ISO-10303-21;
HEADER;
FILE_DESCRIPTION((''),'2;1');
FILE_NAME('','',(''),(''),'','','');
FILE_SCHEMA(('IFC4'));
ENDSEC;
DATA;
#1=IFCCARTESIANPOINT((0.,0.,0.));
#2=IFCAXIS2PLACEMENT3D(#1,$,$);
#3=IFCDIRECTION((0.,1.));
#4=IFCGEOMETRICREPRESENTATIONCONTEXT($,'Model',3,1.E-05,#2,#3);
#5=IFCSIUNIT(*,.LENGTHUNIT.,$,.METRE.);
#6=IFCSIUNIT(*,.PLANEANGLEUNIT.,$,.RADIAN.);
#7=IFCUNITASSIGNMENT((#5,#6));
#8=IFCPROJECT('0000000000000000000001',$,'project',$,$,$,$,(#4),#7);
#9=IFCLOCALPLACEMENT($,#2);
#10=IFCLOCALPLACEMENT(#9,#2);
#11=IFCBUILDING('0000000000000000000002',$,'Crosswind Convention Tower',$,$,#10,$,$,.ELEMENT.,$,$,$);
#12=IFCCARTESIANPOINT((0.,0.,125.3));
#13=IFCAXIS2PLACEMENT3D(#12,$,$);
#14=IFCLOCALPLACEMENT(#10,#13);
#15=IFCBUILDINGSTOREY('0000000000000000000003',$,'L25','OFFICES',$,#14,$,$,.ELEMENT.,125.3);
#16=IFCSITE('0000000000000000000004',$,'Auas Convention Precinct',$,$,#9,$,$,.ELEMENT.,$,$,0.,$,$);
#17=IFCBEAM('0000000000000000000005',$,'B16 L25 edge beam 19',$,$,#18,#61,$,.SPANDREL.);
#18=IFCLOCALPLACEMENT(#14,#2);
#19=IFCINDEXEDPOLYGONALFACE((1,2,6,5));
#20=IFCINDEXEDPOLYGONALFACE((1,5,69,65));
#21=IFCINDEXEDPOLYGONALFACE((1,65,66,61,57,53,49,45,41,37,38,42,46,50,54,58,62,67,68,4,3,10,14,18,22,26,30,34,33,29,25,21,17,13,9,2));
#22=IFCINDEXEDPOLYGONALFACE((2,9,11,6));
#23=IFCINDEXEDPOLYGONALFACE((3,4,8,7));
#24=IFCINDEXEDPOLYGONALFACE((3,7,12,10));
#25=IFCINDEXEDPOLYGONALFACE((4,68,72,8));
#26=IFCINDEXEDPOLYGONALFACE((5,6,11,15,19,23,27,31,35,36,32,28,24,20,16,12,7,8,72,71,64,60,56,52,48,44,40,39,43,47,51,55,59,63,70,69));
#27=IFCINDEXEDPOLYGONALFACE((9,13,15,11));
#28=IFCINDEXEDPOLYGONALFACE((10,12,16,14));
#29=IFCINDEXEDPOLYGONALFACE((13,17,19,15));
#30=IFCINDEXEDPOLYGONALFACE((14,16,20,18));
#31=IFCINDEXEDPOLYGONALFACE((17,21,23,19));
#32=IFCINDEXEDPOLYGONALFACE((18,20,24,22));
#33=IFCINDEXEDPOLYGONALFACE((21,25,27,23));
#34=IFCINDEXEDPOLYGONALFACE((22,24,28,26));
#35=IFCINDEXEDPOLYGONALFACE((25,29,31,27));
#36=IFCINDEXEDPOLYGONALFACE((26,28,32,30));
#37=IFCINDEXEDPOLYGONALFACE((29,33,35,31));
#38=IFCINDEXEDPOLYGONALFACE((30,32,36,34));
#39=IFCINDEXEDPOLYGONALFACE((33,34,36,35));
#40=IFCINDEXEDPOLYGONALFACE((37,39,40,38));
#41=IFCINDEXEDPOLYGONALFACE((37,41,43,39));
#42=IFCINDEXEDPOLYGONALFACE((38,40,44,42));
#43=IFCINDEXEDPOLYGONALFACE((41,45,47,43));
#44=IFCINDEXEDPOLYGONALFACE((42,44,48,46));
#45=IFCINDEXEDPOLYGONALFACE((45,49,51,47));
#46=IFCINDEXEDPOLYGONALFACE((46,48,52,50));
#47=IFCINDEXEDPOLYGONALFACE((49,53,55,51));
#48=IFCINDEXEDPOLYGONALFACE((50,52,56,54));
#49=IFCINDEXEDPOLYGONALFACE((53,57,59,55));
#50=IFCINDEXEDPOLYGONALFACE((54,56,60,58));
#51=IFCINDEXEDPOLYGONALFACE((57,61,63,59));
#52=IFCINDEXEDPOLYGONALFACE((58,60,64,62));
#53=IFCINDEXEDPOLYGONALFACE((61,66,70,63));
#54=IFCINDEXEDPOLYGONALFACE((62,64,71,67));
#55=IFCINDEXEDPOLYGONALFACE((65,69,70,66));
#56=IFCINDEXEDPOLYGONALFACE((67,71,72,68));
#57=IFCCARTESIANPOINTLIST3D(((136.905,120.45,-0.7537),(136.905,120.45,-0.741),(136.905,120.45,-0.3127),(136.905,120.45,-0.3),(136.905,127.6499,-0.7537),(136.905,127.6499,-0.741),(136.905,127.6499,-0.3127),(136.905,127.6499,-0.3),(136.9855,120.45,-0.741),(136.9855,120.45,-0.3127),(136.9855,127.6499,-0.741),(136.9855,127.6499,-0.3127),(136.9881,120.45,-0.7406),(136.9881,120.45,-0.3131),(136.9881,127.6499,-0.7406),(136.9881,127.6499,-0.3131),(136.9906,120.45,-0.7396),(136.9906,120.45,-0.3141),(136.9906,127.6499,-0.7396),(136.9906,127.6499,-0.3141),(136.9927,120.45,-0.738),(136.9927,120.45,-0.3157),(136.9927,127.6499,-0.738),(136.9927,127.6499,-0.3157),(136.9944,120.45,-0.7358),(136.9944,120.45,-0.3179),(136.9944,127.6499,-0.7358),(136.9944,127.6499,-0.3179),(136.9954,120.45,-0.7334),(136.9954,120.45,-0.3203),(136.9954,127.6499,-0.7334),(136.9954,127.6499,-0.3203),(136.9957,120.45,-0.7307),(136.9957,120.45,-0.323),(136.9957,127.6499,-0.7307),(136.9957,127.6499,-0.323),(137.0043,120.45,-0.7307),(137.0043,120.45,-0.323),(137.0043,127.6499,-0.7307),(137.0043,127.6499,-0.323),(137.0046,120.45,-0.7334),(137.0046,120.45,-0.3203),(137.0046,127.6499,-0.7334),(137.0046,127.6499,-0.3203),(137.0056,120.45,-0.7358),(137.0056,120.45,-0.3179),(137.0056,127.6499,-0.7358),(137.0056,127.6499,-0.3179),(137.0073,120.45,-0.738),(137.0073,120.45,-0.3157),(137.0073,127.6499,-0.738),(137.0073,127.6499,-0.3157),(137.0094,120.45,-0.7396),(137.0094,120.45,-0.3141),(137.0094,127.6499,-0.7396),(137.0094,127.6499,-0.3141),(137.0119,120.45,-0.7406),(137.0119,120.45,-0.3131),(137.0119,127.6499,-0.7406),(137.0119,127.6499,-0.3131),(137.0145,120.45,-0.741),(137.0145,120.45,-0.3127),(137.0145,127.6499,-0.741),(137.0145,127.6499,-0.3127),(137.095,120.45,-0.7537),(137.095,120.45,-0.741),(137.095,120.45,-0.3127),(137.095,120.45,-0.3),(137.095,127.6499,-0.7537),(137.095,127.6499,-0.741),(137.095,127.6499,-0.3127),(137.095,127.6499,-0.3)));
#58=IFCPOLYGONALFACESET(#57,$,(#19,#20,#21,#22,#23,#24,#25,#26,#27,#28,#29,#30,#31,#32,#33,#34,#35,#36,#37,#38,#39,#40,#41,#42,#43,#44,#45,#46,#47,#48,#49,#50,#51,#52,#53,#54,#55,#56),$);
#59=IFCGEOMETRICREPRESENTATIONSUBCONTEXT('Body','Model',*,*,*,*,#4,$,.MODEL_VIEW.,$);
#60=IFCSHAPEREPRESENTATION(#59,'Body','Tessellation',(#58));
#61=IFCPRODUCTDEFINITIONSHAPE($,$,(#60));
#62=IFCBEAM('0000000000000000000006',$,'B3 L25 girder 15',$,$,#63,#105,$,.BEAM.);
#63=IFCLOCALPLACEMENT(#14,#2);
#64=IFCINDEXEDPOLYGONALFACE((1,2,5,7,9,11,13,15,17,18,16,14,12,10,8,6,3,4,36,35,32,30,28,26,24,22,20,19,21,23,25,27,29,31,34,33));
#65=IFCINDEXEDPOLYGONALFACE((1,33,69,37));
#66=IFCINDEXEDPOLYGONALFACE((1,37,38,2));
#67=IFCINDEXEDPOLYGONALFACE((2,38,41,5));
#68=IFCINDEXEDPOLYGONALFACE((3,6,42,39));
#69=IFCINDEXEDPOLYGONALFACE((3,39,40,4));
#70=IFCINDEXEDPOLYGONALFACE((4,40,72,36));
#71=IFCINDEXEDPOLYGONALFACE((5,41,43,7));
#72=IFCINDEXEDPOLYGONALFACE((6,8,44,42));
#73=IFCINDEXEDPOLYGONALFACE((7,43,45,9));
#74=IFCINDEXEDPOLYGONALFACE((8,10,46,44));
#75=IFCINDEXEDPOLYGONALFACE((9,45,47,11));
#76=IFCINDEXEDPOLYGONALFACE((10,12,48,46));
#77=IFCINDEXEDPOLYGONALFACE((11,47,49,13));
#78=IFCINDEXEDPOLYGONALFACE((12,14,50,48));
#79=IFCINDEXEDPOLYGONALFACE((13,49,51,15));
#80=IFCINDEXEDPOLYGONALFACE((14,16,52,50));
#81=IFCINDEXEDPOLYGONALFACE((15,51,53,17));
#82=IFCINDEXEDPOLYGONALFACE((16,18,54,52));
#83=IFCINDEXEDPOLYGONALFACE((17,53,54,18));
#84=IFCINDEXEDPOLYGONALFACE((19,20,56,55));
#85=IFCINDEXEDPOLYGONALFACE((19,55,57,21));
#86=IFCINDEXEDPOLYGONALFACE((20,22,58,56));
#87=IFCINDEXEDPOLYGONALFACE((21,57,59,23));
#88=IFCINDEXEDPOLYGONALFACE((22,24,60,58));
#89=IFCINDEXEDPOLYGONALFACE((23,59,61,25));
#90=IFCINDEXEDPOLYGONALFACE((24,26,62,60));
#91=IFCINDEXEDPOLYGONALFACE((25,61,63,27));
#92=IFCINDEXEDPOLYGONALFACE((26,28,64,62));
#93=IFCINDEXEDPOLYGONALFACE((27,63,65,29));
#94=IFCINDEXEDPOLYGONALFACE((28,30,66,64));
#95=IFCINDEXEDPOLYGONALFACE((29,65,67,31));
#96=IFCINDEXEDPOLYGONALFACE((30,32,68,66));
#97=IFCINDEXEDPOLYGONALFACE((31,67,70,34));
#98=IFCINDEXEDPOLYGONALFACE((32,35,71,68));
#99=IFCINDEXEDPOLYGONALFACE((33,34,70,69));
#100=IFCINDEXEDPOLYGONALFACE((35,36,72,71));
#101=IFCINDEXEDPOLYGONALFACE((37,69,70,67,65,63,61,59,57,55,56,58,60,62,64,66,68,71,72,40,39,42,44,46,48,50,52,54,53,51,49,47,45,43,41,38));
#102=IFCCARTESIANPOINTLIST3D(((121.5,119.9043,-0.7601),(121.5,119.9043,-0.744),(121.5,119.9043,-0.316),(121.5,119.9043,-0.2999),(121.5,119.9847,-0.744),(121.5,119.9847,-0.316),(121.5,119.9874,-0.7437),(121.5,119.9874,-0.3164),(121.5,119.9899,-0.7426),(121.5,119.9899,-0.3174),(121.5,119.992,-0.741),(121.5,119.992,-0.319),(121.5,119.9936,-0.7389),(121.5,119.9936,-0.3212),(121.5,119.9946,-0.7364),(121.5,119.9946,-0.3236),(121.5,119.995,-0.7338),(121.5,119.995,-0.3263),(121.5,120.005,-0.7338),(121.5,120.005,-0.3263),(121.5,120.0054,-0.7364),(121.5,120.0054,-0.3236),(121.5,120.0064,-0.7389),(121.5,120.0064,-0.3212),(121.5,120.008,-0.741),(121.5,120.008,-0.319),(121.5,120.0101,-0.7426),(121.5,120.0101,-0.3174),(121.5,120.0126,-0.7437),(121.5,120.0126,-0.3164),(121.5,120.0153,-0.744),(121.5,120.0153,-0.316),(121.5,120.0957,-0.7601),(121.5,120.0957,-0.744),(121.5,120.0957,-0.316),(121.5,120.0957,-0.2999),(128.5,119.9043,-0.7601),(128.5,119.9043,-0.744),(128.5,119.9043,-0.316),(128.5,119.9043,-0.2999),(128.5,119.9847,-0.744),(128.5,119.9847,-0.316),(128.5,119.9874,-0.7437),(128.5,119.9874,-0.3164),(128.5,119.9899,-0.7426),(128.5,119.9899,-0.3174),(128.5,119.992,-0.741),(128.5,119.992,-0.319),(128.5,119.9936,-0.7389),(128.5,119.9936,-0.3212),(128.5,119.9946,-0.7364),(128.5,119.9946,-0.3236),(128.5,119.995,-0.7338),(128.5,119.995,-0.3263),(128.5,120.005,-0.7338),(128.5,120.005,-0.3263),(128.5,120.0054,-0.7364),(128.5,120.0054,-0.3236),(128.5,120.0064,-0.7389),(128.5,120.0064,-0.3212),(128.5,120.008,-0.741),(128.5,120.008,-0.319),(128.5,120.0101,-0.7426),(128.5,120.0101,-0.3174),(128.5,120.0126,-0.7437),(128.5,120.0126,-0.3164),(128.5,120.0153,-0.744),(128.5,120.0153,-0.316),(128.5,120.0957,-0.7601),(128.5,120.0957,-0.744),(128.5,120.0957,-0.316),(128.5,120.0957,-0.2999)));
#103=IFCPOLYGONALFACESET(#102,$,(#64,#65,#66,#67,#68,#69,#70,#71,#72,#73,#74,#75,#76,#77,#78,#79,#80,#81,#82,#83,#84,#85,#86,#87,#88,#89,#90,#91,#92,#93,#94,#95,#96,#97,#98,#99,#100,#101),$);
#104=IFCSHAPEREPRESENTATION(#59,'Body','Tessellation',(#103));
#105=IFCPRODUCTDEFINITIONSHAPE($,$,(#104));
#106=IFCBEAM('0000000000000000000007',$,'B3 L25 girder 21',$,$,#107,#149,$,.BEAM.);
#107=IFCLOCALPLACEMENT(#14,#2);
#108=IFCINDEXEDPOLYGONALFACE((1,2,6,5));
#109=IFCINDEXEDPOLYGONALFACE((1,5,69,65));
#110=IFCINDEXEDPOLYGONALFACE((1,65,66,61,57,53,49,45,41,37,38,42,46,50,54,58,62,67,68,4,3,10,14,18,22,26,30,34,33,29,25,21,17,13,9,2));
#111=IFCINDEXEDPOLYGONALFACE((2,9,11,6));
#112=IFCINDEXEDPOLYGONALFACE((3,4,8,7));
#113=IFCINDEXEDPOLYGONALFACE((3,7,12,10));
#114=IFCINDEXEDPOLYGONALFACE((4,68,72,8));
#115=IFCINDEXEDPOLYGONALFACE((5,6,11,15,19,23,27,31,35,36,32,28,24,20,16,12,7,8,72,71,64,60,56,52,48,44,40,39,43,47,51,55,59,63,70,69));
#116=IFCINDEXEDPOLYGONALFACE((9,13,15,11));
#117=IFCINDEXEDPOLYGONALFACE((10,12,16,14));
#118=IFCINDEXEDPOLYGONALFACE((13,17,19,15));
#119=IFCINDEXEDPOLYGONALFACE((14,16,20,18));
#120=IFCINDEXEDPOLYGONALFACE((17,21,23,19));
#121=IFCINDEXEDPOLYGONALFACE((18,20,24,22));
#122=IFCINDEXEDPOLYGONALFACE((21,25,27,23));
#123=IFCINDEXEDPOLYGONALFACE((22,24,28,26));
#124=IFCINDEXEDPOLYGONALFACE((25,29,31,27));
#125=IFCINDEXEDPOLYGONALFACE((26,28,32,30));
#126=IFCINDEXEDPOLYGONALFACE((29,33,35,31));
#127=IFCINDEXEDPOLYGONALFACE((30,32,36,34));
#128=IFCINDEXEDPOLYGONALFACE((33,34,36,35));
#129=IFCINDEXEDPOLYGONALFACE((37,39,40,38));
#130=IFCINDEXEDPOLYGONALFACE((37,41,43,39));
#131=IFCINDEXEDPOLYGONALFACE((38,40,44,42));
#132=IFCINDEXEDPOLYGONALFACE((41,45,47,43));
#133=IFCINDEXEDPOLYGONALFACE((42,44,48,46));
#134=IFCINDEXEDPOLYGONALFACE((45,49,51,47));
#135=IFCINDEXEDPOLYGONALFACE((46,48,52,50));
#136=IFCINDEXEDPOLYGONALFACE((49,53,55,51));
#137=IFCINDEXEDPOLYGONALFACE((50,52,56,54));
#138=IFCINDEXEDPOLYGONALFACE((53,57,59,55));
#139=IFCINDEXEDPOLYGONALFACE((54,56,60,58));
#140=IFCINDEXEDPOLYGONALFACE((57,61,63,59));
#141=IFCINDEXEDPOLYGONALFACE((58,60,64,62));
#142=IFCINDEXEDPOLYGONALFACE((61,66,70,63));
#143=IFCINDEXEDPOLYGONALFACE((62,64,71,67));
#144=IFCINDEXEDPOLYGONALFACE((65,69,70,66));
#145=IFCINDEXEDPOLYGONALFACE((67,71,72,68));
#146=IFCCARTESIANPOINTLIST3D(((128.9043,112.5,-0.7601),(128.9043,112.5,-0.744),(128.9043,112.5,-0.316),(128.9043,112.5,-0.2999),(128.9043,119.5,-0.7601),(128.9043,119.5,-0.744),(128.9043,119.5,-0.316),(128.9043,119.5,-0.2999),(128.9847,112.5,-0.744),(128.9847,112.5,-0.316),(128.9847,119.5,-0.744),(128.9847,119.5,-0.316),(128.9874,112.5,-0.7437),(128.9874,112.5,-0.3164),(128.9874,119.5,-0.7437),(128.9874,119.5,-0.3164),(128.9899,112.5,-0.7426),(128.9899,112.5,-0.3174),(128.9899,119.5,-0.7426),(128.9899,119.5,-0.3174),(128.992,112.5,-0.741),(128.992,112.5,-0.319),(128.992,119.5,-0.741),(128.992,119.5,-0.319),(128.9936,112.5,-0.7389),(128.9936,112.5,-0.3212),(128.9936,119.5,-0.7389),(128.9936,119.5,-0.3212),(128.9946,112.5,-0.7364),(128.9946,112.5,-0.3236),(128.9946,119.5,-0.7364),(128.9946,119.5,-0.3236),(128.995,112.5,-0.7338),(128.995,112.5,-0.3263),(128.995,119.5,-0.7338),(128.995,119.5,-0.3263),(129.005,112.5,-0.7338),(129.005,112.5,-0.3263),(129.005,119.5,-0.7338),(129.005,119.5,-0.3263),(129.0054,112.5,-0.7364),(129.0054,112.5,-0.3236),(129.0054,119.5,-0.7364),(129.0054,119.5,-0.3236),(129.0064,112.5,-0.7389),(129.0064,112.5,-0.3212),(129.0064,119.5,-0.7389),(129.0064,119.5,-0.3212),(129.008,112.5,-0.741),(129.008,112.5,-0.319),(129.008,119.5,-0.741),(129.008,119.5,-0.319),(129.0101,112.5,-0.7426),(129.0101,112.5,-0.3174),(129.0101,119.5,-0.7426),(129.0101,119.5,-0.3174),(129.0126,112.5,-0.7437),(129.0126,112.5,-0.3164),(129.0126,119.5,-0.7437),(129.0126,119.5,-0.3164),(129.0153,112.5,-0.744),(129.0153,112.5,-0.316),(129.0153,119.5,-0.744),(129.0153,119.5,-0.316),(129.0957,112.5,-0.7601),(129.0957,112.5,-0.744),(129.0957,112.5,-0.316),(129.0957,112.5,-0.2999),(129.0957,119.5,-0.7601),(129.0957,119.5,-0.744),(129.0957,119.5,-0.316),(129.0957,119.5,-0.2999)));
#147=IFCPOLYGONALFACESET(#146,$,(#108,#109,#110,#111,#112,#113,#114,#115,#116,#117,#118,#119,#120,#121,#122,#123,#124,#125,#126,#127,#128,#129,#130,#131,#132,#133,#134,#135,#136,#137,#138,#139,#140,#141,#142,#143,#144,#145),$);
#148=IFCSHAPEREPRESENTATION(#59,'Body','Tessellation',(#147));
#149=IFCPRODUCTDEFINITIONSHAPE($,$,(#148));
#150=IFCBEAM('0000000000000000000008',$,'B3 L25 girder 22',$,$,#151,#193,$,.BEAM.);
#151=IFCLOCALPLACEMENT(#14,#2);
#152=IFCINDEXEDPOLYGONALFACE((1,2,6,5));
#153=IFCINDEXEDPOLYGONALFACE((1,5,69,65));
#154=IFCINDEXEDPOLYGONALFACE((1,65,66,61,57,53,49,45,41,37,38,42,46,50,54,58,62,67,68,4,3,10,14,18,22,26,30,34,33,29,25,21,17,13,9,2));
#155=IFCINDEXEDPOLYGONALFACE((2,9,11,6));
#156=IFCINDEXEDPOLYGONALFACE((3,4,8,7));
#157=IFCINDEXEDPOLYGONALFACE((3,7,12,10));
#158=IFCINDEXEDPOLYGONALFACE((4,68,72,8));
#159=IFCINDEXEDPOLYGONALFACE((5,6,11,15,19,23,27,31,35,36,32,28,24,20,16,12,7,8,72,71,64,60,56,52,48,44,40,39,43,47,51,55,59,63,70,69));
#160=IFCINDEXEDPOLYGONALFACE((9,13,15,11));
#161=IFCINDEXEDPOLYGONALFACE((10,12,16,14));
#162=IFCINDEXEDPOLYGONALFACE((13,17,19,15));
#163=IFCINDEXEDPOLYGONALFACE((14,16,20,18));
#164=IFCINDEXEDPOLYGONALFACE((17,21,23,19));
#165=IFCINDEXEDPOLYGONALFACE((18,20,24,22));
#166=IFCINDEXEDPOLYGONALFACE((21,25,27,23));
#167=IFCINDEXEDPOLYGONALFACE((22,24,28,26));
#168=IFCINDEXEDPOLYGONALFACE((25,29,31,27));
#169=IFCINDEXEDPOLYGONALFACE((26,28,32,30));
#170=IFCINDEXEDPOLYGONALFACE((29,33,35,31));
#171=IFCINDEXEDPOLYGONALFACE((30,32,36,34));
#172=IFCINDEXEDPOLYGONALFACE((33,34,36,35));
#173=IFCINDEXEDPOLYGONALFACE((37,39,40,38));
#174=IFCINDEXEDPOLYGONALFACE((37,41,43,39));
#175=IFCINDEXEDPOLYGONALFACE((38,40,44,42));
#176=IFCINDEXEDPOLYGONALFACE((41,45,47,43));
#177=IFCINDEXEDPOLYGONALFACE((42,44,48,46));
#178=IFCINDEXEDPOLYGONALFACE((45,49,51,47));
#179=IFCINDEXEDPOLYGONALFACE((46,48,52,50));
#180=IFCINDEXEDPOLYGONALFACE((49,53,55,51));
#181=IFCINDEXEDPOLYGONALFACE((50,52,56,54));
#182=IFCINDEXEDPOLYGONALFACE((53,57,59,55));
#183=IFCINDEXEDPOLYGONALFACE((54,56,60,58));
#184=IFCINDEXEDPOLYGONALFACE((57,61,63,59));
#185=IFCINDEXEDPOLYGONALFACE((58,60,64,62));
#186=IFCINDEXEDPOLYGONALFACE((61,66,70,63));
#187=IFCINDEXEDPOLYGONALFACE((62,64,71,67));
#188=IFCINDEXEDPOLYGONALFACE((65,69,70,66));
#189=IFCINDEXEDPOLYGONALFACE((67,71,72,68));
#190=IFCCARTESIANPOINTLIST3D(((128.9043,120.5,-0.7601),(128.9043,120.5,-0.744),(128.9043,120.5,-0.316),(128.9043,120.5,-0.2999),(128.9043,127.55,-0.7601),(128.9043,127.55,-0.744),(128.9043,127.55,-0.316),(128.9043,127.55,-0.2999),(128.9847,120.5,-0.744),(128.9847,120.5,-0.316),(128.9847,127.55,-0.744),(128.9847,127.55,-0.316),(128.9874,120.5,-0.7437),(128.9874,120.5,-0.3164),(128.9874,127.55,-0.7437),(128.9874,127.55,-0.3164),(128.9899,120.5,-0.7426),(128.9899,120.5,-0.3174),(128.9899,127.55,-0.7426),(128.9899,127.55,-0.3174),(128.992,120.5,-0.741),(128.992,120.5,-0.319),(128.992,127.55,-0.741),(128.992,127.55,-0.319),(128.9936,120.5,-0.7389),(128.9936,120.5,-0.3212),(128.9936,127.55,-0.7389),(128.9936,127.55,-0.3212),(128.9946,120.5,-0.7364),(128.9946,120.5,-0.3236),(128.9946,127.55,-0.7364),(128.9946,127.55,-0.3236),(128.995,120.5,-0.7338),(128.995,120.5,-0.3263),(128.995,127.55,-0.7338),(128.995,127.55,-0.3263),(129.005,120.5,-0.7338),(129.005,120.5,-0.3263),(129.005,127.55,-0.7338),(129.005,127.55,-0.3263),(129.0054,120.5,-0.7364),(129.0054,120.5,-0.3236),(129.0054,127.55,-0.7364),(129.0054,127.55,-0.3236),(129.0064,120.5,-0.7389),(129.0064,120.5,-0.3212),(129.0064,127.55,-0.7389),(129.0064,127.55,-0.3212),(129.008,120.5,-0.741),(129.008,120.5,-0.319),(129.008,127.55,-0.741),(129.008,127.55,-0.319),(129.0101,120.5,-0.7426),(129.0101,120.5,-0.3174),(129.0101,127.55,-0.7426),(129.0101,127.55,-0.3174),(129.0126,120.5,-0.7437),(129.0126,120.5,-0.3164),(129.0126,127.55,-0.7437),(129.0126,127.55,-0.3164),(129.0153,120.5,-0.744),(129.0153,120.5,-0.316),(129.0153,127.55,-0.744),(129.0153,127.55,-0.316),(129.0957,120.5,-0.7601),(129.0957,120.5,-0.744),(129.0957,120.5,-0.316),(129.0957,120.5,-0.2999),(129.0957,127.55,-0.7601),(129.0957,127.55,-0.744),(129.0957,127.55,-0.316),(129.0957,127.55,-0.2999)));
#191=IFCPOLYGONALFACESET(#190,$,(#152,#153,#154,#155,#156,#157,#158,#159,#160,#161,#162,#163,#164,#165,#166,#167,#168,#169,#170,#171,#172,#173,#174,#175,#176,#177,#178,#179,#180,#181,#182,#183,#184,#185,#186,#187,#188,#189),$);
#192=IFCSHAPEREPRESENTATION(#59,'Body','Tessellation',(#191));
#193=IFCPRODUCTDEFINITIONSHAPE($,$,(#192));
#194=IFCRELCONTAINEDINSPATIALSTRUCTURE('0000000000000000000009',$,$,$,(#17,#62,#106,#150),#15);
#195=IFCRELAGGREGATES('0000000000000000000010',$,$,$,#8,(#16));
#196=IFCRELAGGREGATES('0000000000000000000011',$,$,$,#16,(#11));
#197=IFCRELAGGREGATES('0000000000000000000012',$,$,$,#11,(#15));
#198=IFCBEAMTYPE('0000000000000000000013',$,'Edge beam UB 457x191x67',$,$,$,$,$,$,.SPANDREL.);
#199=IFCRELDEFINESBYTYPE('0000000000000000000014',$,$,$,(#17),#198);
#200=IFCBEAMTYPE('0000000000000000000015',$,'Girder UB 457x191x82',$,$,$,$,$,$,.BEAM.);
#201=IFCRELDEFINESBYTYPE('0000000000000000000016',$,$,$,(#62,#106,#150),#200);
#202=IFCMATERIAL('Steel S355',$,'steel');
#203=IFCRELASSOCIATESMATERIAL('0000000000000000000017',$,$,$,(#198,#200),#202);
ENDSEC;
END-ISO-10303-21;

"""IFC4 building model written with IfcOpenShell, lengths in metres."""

from ifc_helpers import new_model, si_unit, direction, frame, origin, origin_2d, place, context, subcontext, project, spatial, i_section, extrude, material, material_profile, profile_set, type_object, element, save


model = new_model("IFC4")

# Units and contexts
model_context = context("Model", 3, precision=1e-05, world=origin(), true_north=direction((0.0, 1.0)))
body_context = subcontext(model_context, "Body", "Model", "MODEL_VIEW")
ifc_project = project(units=[si_unit("LENGTHUNIT", "METRE"), si_unit("PLANEANGLEUNIT", "RADIAN")], contexts=[model_context])

# Site, building, storey
site_placement = place(None, origin())
site = spatial("IfcSite", under=ifc_project, at=site_placement, Name="Auas Convention Precinct", CompositionType="ELEMENT", RefElevation=0.0)
building_placement = place(site_placement, origin())
building = spatial("IfcBuilding", under=site, at=building_placement, Name="Crosswind Convention Tower", CompositionType="ELEMENT")
storey_placement = place(building_placement, frame((0.0, 0.0, 125.3)))
storey = spatial("IfcBuildingStorey", under=building, at=storey_placement, Name="L25", Description="OFFICES", CompositionType="ELEMENT", Elevation=125.3)

# Beams
ifc_material_1 = material(Name="Steel S355", Category="steel")
ifc_material_profile_1 = material_profile(ifc_material_1, i_section(OverallWidth=0.1899, OverallDepth=0.4536, WebThickness=0.0085, FlangeThickness=0.0127, FilletRadius=0.0103, at=origin_2d()), Name="UB 457x191x67")
ifc_profile_set_1 = profile_set([ifc_material_profile_1], Name="Steel S355")
beam_type_1 = type_object("IfcBeamType", Name="Edge beam UB 457x191x67", PredefinedType="SPANDREL", material=ifc_profile_set_1)
for number, where, z_axis, x_axis, name in (
    (1, (137.0, 120.45, -0.5269), (0.0, 1.0, 0.0), (-1.0, 0.0, 0.0), "B16 L25 edge beam 19"),
):
    element("IfcBeam", number, at=place(storey_placement, frame(where, z_axis=z_axis, x_axis=x_axis)), inside=storey, type_object=beam_type_1, Name=name, PredefinedType="SPANDREL", context=body_context, shape_type="SweptSolid", body=[
        extrude(i_section(OverallWidth=0.1899, OverallDepth=0.4536, WebThickness=0.0085, FlangeThickness=0.0127, FilletRadius=0.0103, at=origin_2d()), origin(), (0.0, 0.0, 1.0), 7.2),
    ])
ifc_material_profile_2 = material_profile(ifc_material_1, i_section(OverallWidth=0.1914, OverallDepth=0.4602, WebThickness=0.01, FlangeThickness=0.0161, FilletRadius=0.0103, at=origin_2d()), Name="UB 457x191x82")
ifc_profile_set_2 = profile_set([ifc_material_profile_2], Name="Steel S355")
beam_type_2 = type_object("IfcBeamType", Name="Girder UB 457x191x82", PredefinedType="BEAM", material=ifc_profile_set_2)
for number, where, z_axis, x_axis, name in (
    (2, (121.5, 120.0, -0.53), (1.0, 0.0, 0.0), (0.0, 1.0, 0.0), "B3 L25 girder 15"),
    (3, (129.0, 112.5, -0.53), (0.0, 1.0, 0.0), (-1.0, 0.0, 0.0), "B3 L25 girder 21"),
):
    element("IfcBeam", number, at=place(storey_placement, frame(where, z_axis=z_axis, x_axis=x_axis)), inside=storey, type_object=beam_type_2, Name=name, PredefinedType="BEAM", context=body_context, shape_type="SweptSolid", body=[
        extrude(i_section(OverallWidth=0.1914, OverallDepth=0.4602, WebThickness=0.01, FlangeThickness=0.0161, FilletRadius=0.0103, at=origin_2d()), origin(), (0.0, 0.0, 1.0), 7.0),
    ])
for number, where, z_axis, x_axis, name in (
    (4, (129.0, 120.5, -0.53), (0.0, 1.0, 0.0), (-1.0, 0.0, 0.0), "B3 L25 girder 22"),
):
    element("IfcBeam", number, at=place(storey_placement, frame(where, z_axis=z_axis, x_axis=x_axis)), inside=storey, type_object=beam_type_2, Name=name, PredefinedType="BEAM", context=body_context, shape_type="SweptSolid", body=[
        extrude(i_section(OverallWidth=0.1914, OverallDepth=0.4602, WebThickness=0.01, FlangeThickness=0.0161, FilletRadius=0.0103, at=origin_2d()), origin(), (0.0, 0.0, 1.0), 7.05),
    ])

save(model, "model.ifc")
